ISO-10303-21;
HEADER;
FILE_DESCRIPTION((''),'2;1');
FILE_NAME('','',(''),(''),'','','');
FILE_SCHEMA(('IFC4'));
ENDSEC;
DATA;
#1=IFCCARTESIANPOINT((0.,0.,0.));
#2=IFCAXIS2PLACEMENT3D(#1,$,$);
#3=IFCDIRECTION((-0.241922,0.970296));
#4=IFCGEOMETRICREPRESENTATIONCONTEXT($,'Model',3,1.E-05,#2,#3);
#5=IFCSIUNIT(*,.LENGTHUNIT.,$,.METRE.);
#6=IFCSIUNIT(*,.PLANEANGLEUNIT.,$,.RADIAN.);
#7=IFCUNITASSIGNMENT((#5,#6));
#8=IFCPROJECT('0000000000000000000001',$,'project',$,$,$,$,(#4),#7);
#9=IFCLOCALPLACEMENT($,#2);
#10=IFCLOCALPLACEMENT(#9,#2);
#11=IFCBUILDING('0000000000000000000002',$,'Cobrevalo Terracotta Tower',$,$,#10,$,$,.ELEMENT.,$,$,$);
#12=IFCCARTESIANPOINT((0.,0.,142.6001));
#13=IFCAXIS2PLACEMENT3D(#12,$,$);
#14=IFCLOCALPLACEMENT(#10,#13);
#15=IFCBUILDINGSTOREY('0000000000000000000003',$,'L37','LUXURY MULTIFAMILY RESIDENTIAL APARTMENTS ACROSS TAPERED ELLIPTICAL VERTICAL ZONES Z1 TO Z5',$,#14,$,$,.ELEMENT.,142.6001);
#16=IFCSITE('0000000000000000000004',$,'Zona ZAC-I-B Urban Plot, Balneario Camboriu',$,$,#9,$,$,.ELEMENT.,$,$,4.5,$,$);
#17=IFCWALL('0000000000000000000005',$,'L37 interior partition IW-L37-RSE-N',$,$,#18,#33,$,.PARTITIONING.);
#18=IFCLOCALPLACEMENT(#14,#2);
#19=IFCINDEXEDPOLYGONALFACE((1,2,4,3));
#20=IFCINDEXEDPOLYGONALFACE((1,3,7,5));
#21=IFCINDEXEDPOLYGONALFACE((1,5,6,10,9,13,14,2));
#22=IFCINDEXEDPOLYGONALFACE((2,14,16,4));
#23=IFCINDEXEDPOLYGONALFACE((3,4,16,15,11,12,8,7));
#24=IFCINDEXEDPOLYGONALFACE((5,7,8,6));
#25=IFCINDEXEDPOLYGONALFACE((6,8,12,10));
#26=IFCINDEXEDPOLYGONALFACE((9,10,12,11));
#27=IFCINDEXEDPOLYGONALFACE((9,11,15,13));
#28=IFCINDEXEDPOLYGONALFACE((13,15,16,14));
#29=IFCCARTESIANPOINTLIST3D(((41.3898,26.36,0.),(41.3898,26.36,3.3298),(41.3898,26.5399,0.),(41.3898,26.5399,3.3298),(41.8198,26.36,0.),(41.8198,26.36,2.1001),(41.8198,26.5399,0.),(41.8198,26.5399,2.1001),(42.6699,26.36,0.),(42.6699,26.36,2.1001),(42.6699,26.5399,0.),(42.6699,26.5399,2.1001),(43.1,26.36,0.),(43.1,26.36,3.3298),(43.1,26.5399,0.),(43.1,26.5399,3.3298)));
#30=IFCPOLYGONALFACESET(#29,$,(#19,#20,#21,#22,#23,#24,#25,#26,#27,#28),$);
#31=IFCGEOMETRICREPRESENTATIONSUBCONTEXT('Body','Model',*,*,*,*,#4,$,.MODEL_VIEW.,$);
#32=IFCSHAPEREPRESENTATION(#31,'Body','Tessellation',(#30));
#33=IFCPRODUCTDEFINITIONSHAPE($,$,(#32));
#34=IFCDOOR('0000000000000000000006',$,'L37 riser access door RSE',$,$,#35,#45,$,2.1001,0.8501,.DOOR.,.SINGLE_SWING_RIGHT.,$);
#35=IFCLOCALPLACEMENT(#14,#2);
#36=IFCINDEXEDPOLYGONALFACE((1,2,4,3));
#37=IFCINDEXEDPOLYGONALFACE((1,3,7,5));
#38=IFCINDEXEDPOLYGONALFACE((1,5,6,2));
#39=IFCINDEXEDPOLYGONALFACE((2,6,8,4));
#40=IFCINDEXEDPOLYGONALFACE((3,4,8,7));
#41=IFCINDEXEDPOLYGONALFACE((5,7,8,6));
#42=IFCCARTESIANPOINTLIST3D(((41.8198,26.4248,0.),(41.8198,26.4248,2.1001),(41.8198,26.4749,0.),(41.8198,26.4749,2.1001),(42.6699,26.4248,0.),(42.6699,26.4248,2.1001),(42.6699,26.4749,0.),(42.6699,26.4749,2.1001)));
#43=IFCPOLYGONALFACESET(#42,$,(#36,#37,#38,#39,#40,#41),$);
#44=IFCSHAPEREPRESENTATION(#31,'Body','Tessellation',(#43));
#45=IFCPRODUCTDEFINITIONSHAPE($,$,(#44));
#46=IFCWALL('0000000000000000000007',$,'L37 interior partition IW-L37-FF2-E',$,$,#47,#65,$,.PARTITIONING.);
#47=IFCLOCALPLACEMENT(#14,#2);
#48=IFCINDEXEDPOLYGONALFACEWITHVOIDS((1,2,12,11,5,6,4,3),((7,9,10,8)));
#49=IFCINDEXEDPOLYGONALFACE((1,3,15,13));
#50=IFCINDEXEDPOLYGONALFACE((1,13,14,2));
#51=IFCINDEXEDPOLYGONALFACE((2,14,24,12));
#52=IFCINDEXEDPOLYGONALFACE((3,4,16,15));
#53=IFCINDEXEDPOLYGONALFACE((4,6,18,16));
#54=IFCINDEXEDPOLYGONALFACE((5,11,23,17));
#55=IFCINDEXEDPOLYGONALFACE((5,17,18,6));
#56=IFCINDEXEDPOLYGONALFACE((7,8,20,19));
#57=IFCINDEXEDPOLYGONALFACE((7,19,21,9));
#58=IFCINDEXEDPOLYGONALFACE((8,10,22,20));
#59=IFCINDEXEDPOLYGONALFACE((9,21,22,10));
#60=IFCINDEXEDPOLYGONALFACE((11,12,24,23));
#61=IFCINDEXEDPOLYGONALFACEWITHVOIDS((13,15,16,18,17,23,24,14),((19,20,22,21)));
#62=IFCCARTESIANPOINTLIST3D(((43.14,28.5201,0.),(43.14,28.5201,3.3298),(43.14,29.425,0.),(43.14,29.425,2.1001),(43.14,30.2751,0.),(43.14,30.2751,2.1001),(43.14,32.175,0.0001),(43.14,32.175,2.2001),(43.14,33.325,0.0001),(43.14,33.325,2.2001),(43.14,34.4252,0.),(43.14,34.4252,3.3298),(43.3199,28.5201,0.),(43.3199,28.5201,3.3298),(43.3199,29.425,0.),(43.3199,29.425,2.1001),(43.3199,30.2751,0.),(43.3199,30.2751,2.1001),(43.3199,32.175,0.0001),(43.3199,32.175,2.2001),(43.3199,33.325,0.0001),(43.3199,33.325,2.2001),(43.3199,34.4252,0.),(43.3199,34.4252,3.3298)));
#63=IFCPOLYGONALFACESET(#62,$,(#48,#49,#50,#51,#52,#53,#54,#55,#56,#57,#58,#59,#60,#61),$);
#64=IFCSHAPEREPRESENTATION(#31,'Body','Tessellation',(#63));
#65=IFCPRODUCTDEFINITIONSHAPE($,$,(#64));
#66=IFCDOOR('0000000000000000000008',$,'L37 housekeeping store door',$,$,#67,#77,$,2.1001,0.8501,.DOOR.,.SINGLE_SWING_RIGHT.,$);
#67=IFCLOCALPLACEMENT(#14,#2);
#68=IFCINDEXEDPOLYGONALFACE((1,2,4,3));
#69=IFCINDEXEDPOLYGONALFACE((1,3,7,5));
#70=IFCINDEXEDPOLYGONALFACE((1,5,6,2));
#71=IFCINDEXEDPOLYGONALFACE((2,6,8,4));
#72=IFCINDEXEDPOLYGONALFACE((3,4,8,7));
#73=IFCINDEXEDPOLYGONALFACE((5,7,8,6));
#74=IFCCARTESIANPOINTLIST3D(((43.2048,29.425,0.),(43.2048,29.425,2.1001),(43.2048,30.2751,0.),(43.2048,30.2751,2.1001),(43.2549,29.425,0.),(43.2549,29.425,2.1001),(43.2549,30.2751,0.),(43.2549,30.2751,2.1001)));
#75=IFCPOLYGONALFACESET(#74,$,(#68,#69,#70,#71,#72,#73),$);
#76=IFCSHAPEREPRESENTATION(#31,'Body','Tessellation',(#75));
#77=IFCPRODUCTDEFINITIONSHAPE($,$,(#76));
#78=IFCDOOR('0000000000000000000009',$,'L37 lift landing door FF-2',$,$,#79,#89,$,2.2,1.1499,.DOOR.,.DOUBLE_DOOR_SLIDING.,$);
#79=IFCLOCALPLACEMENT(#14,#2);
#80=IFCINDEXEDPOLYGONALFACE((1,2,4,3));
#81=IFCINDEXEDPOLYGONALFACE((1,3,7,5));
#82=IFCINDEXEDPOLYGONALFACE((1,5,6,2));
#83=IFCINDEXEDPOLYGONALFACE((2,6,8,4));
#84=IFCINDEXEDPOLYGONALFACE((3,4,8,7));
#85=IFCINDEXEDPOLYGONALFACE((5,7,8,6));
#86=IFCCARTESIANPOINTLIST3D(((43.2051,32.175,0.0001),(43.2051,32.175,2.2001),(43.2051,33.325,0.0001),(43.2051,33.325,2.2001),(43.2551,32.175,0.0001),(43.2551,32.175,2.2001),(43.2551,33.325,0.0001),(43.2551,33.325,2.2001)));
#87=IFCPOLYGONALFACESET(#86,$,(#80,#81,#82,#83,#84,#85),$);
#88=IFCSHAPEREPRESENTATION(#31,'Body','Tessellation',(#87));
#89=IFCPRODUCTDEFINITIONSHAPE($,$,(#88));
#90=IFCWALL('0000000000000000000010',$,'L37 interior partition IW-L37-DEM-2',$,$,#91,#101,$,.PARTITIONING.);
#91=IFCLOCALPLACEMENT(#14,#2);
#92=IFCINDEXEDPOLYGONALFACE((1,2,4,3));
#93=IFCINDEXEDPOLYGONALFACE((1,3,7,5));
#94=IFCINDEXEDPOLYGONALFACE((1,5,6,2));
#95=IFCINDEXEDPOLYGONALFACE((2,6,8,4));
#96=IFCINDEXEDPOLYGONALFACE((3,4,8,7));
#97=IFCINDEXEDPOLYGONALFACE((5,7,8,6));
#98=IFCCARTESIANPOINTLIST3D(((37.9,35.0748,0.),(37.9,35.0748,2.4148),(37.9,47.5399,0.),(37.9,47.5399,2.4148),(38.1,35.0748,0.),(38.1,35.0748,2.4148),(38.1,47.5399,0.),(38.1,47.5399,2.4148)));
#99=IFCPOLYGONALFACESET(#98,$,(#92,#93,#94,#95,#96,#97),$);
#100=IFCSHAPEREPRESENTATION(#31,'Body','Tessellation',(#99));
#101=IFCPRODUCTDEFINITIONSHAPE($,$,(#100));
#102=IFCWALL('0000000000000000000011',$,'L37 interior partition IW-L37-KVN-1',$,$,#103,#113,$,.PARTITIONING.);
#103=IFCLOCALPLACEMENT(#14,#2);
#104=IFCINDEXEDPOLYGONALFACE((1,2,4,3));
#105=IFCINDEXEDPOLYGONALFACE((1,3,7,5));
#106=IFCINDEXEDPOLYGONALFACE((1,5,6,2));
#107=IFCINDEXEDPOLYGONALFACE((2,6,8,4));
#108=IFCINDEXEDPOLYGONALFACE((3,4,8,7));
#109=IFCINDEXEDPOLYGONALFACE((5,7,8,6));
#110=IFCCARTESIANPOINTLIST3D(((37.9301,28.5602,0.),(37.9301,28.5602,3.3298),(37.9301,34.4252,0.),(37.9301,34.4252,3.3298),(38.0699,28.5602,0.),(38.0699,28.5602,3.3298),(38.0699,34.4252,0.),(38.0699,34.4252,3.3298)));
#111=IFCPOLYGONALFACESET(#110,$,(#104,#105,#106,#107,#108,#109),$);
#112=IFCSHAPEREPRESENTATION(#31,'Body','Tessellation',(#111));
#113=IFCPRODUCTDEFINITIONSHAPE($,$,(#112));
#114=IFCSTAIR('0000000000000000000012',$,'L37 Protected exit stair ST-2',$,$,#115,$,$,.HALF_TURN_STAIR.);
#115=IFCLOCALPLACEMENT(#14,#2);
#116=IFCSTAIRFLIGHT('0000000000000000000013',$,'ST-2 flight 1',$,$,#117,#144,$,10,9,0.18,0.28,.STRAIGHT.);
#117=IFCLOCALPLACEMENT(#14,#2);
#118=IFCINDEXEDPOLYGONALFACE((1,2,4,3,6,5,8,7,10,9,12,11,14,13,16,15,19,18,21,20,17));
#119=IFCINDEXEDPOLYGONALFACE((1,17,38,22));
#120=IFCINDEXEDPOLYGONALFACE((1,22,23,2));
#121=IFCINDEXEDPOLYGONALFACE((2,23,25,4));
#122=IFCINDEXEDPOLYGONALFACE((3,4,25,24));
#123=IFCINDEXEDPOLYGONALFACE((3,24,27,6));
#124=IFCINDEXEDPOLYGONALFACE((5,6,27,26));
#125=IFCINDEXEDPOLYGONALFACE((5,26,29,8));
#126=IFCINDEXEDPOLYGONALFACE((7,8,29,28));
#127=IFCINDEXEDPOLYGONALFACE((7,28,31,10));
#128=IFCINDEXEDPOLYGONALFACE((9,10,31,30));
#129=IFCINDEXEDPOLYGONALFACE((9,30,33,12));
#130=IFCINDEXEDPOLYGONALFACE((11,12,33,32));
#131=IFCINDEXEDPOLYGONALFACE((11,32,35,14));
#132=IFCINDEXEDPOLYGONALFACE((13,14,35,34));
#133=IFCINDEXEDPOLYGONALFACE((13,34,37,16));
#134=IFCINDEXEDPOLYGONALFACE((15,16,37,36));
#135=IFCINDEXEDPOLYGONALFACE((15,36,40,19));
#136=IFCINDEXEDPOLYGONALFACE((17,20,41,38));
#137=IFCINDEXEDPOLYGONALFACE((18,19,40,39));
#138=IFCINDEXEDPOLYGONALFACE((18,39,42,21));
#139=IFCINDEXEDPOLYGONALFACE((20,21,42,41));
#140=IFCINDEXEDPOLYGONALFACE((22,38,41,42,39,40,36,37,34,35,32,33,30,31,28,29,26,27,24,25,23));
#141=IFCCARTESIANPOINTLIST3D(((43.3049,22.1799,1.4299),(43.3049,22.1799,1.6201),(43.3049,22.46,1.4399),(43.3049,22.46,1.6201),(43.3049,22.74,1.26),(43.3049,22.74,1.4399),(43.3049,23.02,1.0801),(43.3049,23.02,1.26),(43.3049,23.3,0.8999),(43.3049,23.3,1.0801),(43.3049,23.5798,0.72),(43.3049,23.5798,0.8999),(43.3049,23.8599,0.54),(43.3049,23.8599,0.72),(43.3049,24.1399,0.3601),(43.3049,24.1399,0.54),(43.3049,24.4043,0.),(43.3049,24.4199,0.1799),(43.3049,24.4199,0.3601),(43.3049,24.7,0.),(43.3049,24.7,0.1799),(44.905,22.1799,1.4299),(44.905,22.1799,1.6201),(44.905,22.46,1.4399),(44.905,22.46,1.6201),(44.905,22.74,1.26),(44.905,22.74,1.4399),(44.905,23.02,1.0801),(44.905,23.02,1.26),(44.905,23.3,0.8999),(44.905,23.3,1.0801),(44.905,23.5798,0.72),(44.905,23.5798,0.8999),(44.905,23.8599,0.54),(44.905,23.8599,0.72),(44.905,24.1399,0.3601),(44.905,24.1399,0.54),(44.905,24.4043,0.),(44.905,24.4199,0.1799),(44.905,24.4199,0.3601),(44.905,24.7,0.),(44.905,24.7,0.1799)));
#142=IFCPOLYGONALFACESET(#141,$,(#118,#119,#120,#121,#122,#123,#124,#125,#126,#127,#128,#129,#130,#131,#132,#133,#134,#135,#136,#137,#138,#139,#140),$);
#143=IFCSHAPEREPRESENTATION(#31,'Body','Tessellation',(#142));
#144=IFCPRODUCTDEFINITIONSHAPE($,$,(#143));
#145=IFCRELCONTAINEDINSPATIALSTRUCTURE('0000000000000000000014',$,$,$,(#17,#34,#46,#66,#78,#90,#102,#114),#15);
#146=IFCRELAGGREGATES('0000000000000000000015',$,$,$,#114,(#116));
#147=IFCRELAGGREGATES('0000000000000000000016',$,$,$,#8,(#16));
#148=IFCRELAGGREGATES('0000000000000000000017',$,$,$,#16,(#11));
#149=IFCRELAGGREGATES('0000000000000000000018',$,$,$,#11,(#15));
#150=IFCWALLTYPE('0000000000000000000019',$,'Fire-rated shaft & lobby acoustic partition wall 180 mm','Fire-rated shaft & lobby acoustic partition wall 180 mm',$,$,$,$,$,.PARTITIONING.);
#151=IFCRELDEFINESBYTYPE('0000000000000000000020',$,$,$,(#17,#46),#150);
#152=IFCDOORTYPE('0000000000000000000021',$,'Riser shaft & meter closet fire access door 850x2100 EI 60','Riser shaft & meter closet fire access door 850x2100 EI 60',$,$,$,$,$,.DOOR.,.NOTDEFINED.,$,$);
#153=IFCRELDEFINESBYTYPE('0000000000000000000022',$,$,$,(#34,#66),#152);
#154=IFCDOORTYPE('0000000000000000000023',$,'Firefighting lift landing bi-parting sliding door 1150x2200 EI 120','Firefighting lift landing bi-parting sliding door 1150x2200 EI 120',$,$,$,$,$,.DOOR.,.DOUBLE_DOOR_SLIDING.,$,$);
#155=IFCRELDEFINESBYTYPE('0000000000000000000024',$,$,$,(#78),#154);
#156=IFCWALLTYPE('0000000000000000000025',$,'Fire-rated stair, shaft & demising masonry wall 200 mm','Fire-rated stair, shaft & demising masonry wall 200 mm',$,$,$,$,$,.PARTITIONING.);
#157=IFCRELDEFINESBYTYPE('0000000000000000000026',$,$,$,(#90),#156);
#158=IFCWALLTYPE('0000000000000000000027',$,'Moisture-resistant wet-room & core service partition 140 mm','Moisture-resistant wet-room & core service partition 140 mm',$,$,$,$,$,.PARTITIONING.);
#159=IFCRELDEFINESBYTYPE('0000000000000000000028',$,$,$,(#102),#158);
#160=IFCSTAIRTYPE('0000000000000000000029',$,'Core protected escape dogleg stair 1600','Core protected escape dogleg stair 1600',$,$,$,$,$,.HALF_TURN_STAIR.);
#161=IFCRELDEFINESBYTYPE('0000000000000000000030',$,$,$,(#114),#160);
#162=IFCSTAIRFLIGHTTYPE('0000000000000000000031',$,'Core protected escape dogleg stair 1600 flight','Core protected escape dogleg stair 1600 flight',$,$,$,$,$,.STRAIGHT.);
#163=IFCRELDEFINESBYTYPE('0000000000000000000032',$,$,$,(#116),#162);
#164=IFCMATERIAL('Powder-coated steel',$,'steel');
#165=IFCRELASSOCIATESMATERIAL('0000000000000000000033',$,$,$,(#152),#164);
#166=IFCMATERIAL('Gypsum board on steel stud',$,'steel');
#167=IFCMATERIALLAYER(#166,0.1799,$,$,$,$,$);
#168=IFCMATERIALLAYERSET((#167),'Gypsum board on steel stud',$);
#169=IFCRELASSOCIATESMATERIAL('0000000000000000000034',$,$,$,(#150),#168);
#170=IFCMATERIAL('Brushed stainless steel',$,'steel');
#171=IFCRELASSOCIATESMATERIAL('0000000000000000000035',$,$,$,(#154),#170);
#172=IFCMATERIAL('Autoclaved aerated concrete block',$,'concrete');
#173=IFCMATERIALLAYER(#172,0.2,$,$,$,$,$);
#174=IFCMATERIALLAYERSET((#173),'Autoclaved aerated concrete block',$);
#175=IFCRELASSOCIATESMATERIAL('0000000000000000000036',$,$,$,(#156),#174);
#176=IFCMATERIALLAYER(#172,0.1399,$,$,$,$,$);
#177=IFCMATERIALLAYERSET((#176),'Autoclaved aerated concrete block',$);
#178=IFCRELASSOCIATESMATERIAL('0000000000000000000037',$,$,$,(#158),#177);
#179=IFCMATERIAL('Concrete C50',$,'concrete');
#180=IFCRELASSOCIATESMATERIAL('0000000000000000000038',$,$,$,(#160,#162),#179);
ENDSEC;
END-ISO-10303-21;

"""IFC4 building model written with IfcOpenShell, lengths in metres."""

from ifc_helpers import new_model, si_unit, direction, frame, frame_2d, origin, place, context, subcontext, project, spatial, polyline, rectangle, outline, extrude, source, transform, mapped, material, layer, layer_set, type_object, element, fill, aggregate, save


model = new_model("IFC4")

# Units and contexts
model_context = context("Model", 3, precision=1e-05, world=origin(), true_north=direction((-0.241922, 0.970296)))
body_context = subcontext(model_context, "Body", "Model", "MODEL_VIEW")
ifc_project = project(units=[si_unit("LENGTHUNIT", "METRE"), si_unit("PLANEANGLEUNIT", "RADIAN")], contexts=[model_context])

# Site, building, storey
site_placement = place(None, origin())
site = spatial("IfcSite", under=ifc_project, at=site_placement, Name="Zona ZAC-I-B Urban Plot, Balneario Camboriu", CompositionType="ELEMENT", RefElevation=4.5)
building_placement = place(site_placement, origin())
building = spatial("IfcBuilding", under=site, at=building_placement, Name="Cobrevalo Terracotta Tower", CompositionType="ELEMENT")
storey_placement = place(building_placement, frame((0.0, 0.0, 142.6001)))
storey = spatial("IfcBuildingStorey", under=building, at=storey_placement, Name="L37", Description="LUXURY MULTIFAMILY RESIDENTIAL APARTMENTS ACROSS TAPERED ELLIPTICAL VERTICAL ZONES Z1 TO Z5", CompositionType="ELEMENT", Elevation=142.6001)

# Shared definitions
ifc_material_1 = material(Name="Gypsum board on steel stud", Category="steel")

# Shared definitions
ifc_material_2 = material(Name="Powder-coated steel", Category="steel")
door_type_1 = type_object("IfcDoorType", Name="Riser shaft & meter closet fire access door 850x2100 EI 60", Description="Riser shaft & meter closet fire access door 850x2100 EI 60", OperationType="NOTDEFINED", PredefinedType="DOOR", material=ifc_material_2)
shared_shape_1 = source(origin(), body_context, "Body", "SweptSolid", [
    extrude(rectangle(XDim=0.8501, YDim=2.1001, at=frame_2d((0.425, 1.05))), frame((0.0, 0.0249, 0.0), z_axis=(0.0, -1.0, 0.0), x_axis=(1.0, 0.0, 0.0)), (0.0, 0.0, 1.0), 0.05),
])
ifc_material_3 = material(Name="Brushed stainless steel", Category="steel")

# Wall, opening, door
ifc_layer_1 = layer(ifc_material_1, 0.1799)
ifc_layer_set_1 = layer_set([ifc_layer_1], Name="Gypsum board on steel stud")
wall_type_1 = type_object("IfcWallType", Name="Fire-rated shaft & lobby acoustic partition wall 180 mm", Description="Fire-rated shaft & lobby acoustic partition wall 180 mm", PredefinedType="PARTITIONING", material=ifc_layer_set_1)
wall_1_placement = place(storey_placement, frame((41.3899, 26.45, 0.0), z_axis=(0.0, 0.0, 1.0), x_axis=(1.0, 0.0, 0.0)))
wall_1 = element("IfcWall", 1, at=wall_1_placement, inside=storey, type_object=wall_type_1, Name="L37 interior partition IW-L37-RSE-N", PredefinedType="PARTITIONING", context=body_context, shape_type="SweptSolid", body=[
    extrude(rectangle(XDim=1.7102, YDim=0.1799, at=frame_2d((0.855, 0.0))), origin(), (0.0, 0.0, 1.0), 3.3298),
])
opening_1_placement = place(wall_1_placement, frame((0.4299, 0.0, 0.0)))
opening_1 = element("IfcOpeningElement", 2, at=opening_1_placement, cuts=wall_1, PredefinedType="OPENING", context=body_context, shape_type="SweptSolid", body=[
    extrude(rectangle(XDim=0.8501, YDim=2.1001, at=frame_2d((0.425, 1.05))), frame((0.0, 0.1001, 0.0), z_axis=(0.0, -1.0, 0.0), x_axis=(1.0, 0.0, 0.0)), (0.0, 0.0, 1.0), 0.2),
])
door_1_placement = place(opening_1_placement, origin())
door_1 = element("IfcDoor", 3, at=door_1_placement, inside=storey, type_object=door_type_1, Name="L37 riser access door RSE", OperationType="SINGLE_SWING_RIGHT", OverallHeight=2.1001, OverallWidth=0.8501, PredefinedType="DOOR", context=body_context, shape_type="MappedRepresentation", body=[
    mapped(shared_shape_1, transform((0.0, 0.0, 0.0), scale=1.0)),
])
fill(opening_1, door_1)

# Wall, openings, doors
wall_2_placement = place(storey_placement, frame((43.23, 28.52, 0.0), z_axis=(0.0, 0.0, 1.0), x_axis=(0.0, 1.0, 0.0)))
wall_2 = element("IfcWall", 4, at=wall_2_placement, inside=storey, type_object=wall_type_1, Name="L37 interior partition IW-L37-FF2-E", PredefinedType="PARTITIONING", context=body_context, shape_type="SweptSolid", body=[
    extrude(rectangle(XDim=5.905, YDim=0.1799, at=frame_2d((2.9526, 0.0))), origin(), (0.0, 0.0, 1.0), 3.3298),
])
opening_2_placement = place(wall_2_placement, frame((0.905, 0.0, 0.0)))
opening_2 = element("IfcOpeningElement", 5, at=opening_2_placement, cuts=wall_2, PredefinedType="OPENING", context=body_context, shape_type="SweptSolid", body=[
    extrude(rectangle(XDim=0.8501, YDim=2.1001, at=frame_2d((0.425, 1.05))), frame((0.0, 0.1001, 0.0), z_axis=(0.0, -1.0, 0.0), x_axis=(1.0, 0.0, 0.0)), (0.0, 0.0, 1.0), 0.2),
])
opening_3_placement = place(wall_2_placement, frame((3.655, 0.0, 0.0)))
opening_3 = element("IfcOpeningElement", 6, at=opening_3_placement, cuts=wall_2, PredefinedType="OPENING", context=body_context, shape_type="SweptSolid", body=[
    extrude(rectangle(XDim=1.1499, YDim=2.2, at=frame_2d((0.575, 1.1001))), frame((0.0, 0.1001, 0.0), z_axis=(0.0, -1.0, 0.0), x_axis=(1.0, 0.0, 0.0)), (0.0, 0.0, 1.0), 0.2),
])
door_2_placement = place(opening_2_placement, frame((0.8501, 0.0, 0.0), z_axis=(0.0, 0.0, 1.0), x_axis=(-1.0, 0.0, 0.0)))
door_2 = element("IfcDoor", 7, at=door_2_placement, inside=storey, type_object=door_type_1, Name="L37 housekeeping store door", OperationType="SINGLE_SWING_RIGHT", OverallHeight=2.1001, OverallWidth=0.8501, PredefinedType="DOOR", context=body_context, shape_type="MappedRepresentation", body=[
    mapped(shared_shape_1, transform((0.0, 0.0, 0.0), scale=1.0)),
])
fill(opening_2, door_2)
door_type_2 = type_object("IfcDoorType", Name="Firefighting lift landing bi-parting sliding door 1150x2200 EI 120", Description="Firefighting lift landing bi-parting sliding door 1150x2200 EI 120", OperationType="DOUBLE_DOOR_SLIDING", PredefinedType="DOOR", material=ifc_material_3)
shared_shape_2 = source(origin(), body_context, "Body", "SweptSolid", [
    extrude(rectangle(XDim=1.1499, YDim=2.2, at=frame_2d((0.575, 1.1001))), frame((0.0, 0.0249, 0.0), z_axis=(0.0, -1.0, 0.0), x_axis=(1.0, 0.0, 0.0)), (0.0, 0.0, 1.0), 0.05),
])
door_3_placement = place(opening_3_placement, origin())
door_3 = element("IfcDoor", 8, at=door_3_placement, inside=storey, type_object=door_type_2, Name="L37 lift landing door FF-2", OperationType="DOUBLE_DOOR_SLIDING", OverallHeight=2.2, OverallWidth=1.1499, PredefinedType="DOOR", context=body_context, shape_type="MappedRepresentation", body=[
    mapped(shared_shape_2, transform((0.0, 0.0, 0.0), scale=1.0)),
])
fill(opening_3, door_3)

# Walls
ifc_material_4 = material(Name="Autoclaved aerated concrete block", Category="concrete")
ifc_layer_2 = layer(ifc_material_4, 0.2)
ifc_layer_set_2 = layer_set([ifc_layer_2], Name="Autoclaved aerated concrete block")
wall_type_2 = type_object("IfcWallType", Name="Fire-rated stair, shaft & demising masonry wall 200 mm", Description="Fire-rated stair, shaft & demising masonry wall 200 mm", PredefinedType="PARTITIONING", material=ifc_layer_set_2)
wall_3_placement = place(storey_placement, frame((38.0, 35.075, 0.0), z_axis=(0.0, 0.0, 1.0), x_axis=(0.0, 1.0, 0.0)))
element("IfcWall", 9, at=wall_3_placement, inside=storey, type_object=wall_type_2, Name="L37 interior partition IW-L37-DEM-2", PredefinedType="PARTITIONING", context=body_context, shape_type="SweptSolid", body=[
    extrude(rectangle(XDim=12.4651, YDim=0.2, at=frame_2d((6.2324, 0.0))), origin(), (0.0, 0.0, 1.0), 2.4148),
])
ifc_layer_3 = layer(ifc_material_4, 0.1399)
ifc_layer_set_3 = layer_set([ifc_layer_3], Name="Autoclaved aerated concrete block")
wall_type_3 = type_object("IfcWallType", Name="Moisture-resistant wet-room & core service partition 140 mm", Description="Moisture-resistant wet-room & core service partition 140 mm", PredefinedType="PARTITIONING", material=ifc_layer_set_3)
wall_4_placement = place(storey_placement, frame((38.0, 28.5601, 0.0), z_axis=(0.0, 0.0, 1.0), x_axis=(0.0, 1.0, 0.0)))
element("IfcWall", 10, at=wall_4_placement, inside=storey, type_object=wall_type_3, Name="L37 interior partition IW-L37-KVN-1", PredefinedType="PARTITIONING", context=body_context, shape_type="SweptSolid", body=[
    extrude(rectangle(XDim=5.865, YDim=0.1399, at=frame_2d((2.9326, 0.0))), origin(), (0.0, 0.0, 1.0), 3.3298),
])

# Shared definitions
ifc_material_5 = material(Name="Concrete C50", Category="concrete")

# Stair, stair flight
stair_type = type_object("IfcStairType", Name="Core protected escape dogleg stair 1600", Description="Core protected escape dogleg stair 1600", PredefinedType="HALF_TURN_STAIR", material=ifc_material_5)
stair_placement = place(storey_placement, origin())
stair = element("IfcStair", 11, at=stair_placement, inside=storey, type_object=stair_type, Name="L37 Protected exit stair ST-2", PredefinedType="HALF_TURN_STAIR")
stair_flight_type = type_object("IfcStairFlightType", Name="Core protected escape dogleg stair 1600 flight", Description="Core protected escape dogleg stair 1600 flight", PredefinedType="STRAIGHT", material=ifc_material_5)
stair_flight_placement = place(storey_placement, frame((44.105, 24.7, 0.0), z_axis=(0.0, 0.0, 1.0), x_axis=(0.0, -1.0, 0.0)))
stair_flight = element("IfcStairFlight", 12, at=stair_flight_placement, type_object=stair_flight_type, Name="ST-2 flight 1", NumberOfRisers=10, NumberOfTreads=9, PredefinedType="STRAIGHT", RiserHeight=0.18, TreadLength=0.28, context=body_context, shape_type="SweptSolid", body=[
    extrude(outline(polyline([(0.0, 0.0), (0.0, 0.1799), (0.28, 0.1799), (0.28, 0.3601), (0.5601, 0.3601), (0.5601, 0.54), (0.8401, 0.54), (0.8401, 0.72), (1.1201, 0.72), (1.1201, 0.8999), (1.3999, 0.8999), (1.3999, 1.0801), (1.6799, 1.0801), (1.6799, 1.26), (1.96, 1.26), (1.96, 1.4399), (2.24, 1.4399), (2.24, 1.6201), (2.52, 1.6201), (2.52, 1.8), (2.52, 1.4299), (0.2957, 0.0), (0.0, 0.0)])), frame((0.0, 0.8, 0.0), z_axis=(0.0, -1.0, 0.0), x_axis=(1.0, 0.0, 0.0)), (0.0, 0.0, 1.0), 1.6001),
])
aggregate(stair, [stair_flight])

save(model, "model.ifc")
